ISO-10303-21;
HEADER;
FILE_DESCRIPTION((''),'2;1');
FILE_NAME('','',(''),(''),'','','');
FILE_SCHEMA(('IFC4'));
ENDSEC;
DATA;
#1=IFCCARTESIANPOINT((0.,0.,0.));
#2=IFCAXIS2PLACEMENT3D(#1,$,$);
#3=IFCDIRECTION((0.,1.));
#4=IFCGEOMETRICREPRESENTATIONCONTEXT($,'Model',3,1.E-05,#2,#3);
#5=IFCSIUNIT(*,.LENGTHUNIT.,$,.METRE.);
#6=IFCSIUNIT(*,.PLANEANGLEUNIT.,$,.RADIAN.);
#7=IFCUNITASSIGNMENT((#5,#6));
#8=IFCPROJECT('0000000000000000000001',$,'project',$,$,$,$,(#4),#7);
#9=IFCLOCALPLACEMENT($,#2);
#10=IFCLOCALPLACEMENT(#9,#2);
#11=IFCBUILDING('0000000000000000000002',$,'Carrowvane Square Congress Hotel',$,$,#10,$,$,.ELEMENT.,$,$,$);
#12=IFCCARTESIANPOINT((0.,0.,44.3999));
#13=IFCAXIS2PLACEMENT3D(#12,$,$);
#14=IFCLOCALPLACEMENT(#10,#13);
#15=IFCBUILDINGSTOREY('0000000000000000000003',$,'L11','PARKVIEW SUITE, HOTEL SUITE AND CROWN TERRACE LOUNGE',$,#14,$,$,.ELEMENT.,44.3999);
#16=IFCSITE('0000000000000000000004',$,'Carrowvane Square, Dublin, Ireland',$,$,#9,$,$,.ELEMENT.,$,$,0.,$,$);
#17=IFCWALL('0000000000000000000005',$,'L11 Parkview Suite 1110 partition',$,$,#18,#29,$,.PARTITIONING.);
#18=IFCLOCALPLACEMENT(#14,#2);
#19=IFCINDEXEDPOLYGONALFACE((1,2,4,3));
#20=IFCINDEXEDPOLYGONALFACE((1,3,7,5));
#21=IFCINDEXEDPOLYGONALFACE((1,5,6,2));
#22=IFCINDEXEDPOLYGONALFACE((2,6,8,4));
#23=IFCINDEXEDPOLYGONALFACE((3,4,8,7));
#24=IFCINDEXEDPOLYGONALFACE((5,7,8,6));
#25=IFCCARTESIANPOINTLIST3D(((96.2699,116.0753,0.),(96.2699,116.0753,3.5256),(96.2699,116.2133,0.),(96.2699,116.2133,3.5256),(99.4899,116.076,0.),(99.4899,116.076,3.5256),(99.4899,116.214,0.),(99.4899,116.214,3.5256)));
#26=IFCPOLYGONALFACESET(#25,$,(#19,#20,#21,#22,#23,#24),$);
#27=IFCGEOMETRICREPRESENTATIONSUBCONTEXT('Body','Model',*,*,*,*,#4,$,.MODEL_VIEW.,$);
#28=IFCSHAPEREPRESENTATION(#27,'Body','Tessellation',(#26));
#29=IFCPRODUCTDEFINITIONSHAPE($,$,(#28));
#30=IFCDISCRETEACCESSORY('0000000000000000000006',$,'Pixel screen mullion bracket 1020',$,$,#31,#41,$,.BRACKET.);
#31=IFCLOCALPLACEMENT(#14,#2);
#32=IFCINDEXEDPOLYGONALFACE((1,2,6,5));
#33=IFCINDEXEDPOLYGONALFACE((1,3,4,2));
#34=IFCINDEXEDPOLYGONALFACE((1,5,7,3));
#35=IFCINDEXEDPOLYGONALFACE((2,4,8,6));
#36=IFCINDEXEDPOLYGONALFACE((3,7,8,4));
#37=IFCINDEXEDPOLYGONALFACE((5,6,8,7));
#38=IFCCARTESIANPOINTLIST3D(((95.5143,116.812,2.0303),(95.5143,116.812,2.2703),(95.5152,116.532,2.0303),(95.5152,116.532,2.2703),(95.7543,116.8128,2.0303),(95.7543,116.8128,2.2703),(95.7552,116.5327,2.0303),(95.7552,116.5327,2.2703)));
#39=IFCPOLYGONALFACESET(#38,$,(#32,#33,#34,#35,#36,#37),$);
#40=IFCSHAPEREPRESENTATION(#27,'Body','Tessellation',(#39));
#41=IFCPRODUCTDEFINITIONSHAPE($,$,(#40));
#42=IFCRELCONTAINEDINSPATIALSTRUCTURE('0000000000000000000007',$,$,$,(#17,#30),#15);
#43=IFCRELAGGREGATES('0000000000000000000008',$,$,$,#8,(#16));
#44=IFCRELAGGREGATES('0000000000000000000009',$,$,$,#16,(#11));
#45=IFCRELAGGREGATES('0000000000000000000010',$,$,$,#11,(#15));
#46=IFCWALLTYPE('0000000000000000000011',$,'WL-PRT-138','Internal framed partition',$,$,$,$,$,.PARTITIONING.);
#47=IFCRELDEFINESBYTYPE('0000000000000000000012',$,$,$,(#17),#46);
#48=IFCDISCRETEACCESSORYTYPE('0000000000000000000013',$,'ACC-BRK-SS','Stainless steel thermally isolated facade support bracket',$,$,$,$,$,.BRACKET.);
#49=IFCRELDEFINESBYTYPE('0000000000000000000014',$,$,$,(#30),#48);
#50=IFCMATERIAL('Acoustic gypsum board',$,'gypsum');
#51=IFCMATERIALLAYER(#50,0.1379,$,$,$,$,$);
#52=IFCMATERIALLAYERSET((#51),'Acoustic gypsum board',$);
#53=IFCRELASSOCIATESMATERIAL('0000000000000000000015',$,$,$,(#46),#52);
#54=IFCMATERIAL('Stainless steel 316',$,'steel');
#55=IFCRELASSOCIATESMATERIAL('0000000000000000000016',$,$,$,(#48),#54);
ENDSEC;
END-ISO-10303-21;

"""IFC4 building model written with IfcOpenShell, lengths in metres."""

from ifc_helpers import new_model, si_unit, direction, frame, frame_2d, origin, origin_2d, place, context, subcontext, project, spatial, rectangle, extrude, material, layer, layer_set, type_object, element, save


model = new_model("IFC4")

# Units and contexts
model_context = context("Model", 3, precision=1e-05, world=origin(), true_north=direction((0.0, 1.0)))
body_context = subcontext(model_context, "Body", "Model", "MODEL_VIEW")
ifc_project = project(units=[si_unit("LENGTHUNIT", "METRE"), si_unit("PLANEANGLEUNIT", "RADIAN")], contexts=[model_context])

# Site, building, storey
site_placement = place(None, origin())
site = spatial("IfcSite", under=ifc_project, at=site_placement, Name="Carrowvane Square, Dublin, Ireland", CompositionType="ELEMENT", RefElevation=0.0)
building_placement = place(site_placement, origin())
building = spatial("IfcBuilding", under=site, at=building_placement, Name="Carrowvane Square Congress Hotel", CompositionType="ELEMENT")
storey_placement = place(building_placement, frame((0.0, 0.0, 44.3999)))
storey = spatial("IfcBuildingStorey", under=building, at=storey_placement, Name="L11", Description="PARKVIEW SUITE, HOTEL SUITE AND CROWN TERRACE LOUNGE", CompositionType="ELEMENT", Elevation=44.3999)

# Wall
ifc_material_1 = material(Name="Acoustic gypsum board", Category="gypsum")
ifc_layer_1 = layer(ifc_material_1, 0.1379)
ifc_layer_set_1 = layer_set([ifc_layer_1], Name="Acoustic gypsum board")
wall_type = type_object("IfcWallType", Name="WL-PRT-138", Description="Internal framed partition", PredefinedType="PARTITIONING", material=ifc_layer_set_1)
wall_placement = place(storey_placement, frame((96.27, 116.1443, 0.0), z_axis=(0.0, 0.0, 1.0), x_axis=(1.0, 0.000227, 0.0)))
element("IfcWall", 1, at=wall_placement, inside=storey, type_object=wall_type, Name="L11 Parkview Suite 1110 partition", PredefinedType="PARTITIONING", context=body_context, shape_type="SweptSolid", body=[
    extrude(rectangle(XDim=3.22, YDim=0.1379, at=frame_2d((1.6099, 0.0))), origin(), (0.0, 0.0, 1.0), 3.5256),
])

# Discrete accessory
ifc_material_2 = material(Name="Stainless steel 316", Category="steel")
discrete_accessory_type = type_object("IfcDiscreteAccessoryType", Name="ACC-BRK-SS", Description="Stainless steel thermally isolated facade support bracket", PredefinedType="BRACKET", material=ifc_material_2)
discrete_accessory_placement = place(storey_placement, frame((95.6348, 116.6724, 2.0303), z_axis=(0.0, 0.0, 1.0), x_axis=(0.999995, 0.00327, 0.0)))
element("IfcDiscreteAccessory", 2, at=discrete_accessory_placement, inside=storey, type_object=discrete_accessory_type, Name="Pixel screen mullion bracket 1020", PredefinedType="BRACKET", context=body_context, shape_type="SweptSolid", body=[
    extrude(rectangle(XDim=0.24, YDim=0.28, at=origin_2d()), origin(), (0.0, 0.0, 1.0), 0.24),
])

save(model, "model.ifc")
